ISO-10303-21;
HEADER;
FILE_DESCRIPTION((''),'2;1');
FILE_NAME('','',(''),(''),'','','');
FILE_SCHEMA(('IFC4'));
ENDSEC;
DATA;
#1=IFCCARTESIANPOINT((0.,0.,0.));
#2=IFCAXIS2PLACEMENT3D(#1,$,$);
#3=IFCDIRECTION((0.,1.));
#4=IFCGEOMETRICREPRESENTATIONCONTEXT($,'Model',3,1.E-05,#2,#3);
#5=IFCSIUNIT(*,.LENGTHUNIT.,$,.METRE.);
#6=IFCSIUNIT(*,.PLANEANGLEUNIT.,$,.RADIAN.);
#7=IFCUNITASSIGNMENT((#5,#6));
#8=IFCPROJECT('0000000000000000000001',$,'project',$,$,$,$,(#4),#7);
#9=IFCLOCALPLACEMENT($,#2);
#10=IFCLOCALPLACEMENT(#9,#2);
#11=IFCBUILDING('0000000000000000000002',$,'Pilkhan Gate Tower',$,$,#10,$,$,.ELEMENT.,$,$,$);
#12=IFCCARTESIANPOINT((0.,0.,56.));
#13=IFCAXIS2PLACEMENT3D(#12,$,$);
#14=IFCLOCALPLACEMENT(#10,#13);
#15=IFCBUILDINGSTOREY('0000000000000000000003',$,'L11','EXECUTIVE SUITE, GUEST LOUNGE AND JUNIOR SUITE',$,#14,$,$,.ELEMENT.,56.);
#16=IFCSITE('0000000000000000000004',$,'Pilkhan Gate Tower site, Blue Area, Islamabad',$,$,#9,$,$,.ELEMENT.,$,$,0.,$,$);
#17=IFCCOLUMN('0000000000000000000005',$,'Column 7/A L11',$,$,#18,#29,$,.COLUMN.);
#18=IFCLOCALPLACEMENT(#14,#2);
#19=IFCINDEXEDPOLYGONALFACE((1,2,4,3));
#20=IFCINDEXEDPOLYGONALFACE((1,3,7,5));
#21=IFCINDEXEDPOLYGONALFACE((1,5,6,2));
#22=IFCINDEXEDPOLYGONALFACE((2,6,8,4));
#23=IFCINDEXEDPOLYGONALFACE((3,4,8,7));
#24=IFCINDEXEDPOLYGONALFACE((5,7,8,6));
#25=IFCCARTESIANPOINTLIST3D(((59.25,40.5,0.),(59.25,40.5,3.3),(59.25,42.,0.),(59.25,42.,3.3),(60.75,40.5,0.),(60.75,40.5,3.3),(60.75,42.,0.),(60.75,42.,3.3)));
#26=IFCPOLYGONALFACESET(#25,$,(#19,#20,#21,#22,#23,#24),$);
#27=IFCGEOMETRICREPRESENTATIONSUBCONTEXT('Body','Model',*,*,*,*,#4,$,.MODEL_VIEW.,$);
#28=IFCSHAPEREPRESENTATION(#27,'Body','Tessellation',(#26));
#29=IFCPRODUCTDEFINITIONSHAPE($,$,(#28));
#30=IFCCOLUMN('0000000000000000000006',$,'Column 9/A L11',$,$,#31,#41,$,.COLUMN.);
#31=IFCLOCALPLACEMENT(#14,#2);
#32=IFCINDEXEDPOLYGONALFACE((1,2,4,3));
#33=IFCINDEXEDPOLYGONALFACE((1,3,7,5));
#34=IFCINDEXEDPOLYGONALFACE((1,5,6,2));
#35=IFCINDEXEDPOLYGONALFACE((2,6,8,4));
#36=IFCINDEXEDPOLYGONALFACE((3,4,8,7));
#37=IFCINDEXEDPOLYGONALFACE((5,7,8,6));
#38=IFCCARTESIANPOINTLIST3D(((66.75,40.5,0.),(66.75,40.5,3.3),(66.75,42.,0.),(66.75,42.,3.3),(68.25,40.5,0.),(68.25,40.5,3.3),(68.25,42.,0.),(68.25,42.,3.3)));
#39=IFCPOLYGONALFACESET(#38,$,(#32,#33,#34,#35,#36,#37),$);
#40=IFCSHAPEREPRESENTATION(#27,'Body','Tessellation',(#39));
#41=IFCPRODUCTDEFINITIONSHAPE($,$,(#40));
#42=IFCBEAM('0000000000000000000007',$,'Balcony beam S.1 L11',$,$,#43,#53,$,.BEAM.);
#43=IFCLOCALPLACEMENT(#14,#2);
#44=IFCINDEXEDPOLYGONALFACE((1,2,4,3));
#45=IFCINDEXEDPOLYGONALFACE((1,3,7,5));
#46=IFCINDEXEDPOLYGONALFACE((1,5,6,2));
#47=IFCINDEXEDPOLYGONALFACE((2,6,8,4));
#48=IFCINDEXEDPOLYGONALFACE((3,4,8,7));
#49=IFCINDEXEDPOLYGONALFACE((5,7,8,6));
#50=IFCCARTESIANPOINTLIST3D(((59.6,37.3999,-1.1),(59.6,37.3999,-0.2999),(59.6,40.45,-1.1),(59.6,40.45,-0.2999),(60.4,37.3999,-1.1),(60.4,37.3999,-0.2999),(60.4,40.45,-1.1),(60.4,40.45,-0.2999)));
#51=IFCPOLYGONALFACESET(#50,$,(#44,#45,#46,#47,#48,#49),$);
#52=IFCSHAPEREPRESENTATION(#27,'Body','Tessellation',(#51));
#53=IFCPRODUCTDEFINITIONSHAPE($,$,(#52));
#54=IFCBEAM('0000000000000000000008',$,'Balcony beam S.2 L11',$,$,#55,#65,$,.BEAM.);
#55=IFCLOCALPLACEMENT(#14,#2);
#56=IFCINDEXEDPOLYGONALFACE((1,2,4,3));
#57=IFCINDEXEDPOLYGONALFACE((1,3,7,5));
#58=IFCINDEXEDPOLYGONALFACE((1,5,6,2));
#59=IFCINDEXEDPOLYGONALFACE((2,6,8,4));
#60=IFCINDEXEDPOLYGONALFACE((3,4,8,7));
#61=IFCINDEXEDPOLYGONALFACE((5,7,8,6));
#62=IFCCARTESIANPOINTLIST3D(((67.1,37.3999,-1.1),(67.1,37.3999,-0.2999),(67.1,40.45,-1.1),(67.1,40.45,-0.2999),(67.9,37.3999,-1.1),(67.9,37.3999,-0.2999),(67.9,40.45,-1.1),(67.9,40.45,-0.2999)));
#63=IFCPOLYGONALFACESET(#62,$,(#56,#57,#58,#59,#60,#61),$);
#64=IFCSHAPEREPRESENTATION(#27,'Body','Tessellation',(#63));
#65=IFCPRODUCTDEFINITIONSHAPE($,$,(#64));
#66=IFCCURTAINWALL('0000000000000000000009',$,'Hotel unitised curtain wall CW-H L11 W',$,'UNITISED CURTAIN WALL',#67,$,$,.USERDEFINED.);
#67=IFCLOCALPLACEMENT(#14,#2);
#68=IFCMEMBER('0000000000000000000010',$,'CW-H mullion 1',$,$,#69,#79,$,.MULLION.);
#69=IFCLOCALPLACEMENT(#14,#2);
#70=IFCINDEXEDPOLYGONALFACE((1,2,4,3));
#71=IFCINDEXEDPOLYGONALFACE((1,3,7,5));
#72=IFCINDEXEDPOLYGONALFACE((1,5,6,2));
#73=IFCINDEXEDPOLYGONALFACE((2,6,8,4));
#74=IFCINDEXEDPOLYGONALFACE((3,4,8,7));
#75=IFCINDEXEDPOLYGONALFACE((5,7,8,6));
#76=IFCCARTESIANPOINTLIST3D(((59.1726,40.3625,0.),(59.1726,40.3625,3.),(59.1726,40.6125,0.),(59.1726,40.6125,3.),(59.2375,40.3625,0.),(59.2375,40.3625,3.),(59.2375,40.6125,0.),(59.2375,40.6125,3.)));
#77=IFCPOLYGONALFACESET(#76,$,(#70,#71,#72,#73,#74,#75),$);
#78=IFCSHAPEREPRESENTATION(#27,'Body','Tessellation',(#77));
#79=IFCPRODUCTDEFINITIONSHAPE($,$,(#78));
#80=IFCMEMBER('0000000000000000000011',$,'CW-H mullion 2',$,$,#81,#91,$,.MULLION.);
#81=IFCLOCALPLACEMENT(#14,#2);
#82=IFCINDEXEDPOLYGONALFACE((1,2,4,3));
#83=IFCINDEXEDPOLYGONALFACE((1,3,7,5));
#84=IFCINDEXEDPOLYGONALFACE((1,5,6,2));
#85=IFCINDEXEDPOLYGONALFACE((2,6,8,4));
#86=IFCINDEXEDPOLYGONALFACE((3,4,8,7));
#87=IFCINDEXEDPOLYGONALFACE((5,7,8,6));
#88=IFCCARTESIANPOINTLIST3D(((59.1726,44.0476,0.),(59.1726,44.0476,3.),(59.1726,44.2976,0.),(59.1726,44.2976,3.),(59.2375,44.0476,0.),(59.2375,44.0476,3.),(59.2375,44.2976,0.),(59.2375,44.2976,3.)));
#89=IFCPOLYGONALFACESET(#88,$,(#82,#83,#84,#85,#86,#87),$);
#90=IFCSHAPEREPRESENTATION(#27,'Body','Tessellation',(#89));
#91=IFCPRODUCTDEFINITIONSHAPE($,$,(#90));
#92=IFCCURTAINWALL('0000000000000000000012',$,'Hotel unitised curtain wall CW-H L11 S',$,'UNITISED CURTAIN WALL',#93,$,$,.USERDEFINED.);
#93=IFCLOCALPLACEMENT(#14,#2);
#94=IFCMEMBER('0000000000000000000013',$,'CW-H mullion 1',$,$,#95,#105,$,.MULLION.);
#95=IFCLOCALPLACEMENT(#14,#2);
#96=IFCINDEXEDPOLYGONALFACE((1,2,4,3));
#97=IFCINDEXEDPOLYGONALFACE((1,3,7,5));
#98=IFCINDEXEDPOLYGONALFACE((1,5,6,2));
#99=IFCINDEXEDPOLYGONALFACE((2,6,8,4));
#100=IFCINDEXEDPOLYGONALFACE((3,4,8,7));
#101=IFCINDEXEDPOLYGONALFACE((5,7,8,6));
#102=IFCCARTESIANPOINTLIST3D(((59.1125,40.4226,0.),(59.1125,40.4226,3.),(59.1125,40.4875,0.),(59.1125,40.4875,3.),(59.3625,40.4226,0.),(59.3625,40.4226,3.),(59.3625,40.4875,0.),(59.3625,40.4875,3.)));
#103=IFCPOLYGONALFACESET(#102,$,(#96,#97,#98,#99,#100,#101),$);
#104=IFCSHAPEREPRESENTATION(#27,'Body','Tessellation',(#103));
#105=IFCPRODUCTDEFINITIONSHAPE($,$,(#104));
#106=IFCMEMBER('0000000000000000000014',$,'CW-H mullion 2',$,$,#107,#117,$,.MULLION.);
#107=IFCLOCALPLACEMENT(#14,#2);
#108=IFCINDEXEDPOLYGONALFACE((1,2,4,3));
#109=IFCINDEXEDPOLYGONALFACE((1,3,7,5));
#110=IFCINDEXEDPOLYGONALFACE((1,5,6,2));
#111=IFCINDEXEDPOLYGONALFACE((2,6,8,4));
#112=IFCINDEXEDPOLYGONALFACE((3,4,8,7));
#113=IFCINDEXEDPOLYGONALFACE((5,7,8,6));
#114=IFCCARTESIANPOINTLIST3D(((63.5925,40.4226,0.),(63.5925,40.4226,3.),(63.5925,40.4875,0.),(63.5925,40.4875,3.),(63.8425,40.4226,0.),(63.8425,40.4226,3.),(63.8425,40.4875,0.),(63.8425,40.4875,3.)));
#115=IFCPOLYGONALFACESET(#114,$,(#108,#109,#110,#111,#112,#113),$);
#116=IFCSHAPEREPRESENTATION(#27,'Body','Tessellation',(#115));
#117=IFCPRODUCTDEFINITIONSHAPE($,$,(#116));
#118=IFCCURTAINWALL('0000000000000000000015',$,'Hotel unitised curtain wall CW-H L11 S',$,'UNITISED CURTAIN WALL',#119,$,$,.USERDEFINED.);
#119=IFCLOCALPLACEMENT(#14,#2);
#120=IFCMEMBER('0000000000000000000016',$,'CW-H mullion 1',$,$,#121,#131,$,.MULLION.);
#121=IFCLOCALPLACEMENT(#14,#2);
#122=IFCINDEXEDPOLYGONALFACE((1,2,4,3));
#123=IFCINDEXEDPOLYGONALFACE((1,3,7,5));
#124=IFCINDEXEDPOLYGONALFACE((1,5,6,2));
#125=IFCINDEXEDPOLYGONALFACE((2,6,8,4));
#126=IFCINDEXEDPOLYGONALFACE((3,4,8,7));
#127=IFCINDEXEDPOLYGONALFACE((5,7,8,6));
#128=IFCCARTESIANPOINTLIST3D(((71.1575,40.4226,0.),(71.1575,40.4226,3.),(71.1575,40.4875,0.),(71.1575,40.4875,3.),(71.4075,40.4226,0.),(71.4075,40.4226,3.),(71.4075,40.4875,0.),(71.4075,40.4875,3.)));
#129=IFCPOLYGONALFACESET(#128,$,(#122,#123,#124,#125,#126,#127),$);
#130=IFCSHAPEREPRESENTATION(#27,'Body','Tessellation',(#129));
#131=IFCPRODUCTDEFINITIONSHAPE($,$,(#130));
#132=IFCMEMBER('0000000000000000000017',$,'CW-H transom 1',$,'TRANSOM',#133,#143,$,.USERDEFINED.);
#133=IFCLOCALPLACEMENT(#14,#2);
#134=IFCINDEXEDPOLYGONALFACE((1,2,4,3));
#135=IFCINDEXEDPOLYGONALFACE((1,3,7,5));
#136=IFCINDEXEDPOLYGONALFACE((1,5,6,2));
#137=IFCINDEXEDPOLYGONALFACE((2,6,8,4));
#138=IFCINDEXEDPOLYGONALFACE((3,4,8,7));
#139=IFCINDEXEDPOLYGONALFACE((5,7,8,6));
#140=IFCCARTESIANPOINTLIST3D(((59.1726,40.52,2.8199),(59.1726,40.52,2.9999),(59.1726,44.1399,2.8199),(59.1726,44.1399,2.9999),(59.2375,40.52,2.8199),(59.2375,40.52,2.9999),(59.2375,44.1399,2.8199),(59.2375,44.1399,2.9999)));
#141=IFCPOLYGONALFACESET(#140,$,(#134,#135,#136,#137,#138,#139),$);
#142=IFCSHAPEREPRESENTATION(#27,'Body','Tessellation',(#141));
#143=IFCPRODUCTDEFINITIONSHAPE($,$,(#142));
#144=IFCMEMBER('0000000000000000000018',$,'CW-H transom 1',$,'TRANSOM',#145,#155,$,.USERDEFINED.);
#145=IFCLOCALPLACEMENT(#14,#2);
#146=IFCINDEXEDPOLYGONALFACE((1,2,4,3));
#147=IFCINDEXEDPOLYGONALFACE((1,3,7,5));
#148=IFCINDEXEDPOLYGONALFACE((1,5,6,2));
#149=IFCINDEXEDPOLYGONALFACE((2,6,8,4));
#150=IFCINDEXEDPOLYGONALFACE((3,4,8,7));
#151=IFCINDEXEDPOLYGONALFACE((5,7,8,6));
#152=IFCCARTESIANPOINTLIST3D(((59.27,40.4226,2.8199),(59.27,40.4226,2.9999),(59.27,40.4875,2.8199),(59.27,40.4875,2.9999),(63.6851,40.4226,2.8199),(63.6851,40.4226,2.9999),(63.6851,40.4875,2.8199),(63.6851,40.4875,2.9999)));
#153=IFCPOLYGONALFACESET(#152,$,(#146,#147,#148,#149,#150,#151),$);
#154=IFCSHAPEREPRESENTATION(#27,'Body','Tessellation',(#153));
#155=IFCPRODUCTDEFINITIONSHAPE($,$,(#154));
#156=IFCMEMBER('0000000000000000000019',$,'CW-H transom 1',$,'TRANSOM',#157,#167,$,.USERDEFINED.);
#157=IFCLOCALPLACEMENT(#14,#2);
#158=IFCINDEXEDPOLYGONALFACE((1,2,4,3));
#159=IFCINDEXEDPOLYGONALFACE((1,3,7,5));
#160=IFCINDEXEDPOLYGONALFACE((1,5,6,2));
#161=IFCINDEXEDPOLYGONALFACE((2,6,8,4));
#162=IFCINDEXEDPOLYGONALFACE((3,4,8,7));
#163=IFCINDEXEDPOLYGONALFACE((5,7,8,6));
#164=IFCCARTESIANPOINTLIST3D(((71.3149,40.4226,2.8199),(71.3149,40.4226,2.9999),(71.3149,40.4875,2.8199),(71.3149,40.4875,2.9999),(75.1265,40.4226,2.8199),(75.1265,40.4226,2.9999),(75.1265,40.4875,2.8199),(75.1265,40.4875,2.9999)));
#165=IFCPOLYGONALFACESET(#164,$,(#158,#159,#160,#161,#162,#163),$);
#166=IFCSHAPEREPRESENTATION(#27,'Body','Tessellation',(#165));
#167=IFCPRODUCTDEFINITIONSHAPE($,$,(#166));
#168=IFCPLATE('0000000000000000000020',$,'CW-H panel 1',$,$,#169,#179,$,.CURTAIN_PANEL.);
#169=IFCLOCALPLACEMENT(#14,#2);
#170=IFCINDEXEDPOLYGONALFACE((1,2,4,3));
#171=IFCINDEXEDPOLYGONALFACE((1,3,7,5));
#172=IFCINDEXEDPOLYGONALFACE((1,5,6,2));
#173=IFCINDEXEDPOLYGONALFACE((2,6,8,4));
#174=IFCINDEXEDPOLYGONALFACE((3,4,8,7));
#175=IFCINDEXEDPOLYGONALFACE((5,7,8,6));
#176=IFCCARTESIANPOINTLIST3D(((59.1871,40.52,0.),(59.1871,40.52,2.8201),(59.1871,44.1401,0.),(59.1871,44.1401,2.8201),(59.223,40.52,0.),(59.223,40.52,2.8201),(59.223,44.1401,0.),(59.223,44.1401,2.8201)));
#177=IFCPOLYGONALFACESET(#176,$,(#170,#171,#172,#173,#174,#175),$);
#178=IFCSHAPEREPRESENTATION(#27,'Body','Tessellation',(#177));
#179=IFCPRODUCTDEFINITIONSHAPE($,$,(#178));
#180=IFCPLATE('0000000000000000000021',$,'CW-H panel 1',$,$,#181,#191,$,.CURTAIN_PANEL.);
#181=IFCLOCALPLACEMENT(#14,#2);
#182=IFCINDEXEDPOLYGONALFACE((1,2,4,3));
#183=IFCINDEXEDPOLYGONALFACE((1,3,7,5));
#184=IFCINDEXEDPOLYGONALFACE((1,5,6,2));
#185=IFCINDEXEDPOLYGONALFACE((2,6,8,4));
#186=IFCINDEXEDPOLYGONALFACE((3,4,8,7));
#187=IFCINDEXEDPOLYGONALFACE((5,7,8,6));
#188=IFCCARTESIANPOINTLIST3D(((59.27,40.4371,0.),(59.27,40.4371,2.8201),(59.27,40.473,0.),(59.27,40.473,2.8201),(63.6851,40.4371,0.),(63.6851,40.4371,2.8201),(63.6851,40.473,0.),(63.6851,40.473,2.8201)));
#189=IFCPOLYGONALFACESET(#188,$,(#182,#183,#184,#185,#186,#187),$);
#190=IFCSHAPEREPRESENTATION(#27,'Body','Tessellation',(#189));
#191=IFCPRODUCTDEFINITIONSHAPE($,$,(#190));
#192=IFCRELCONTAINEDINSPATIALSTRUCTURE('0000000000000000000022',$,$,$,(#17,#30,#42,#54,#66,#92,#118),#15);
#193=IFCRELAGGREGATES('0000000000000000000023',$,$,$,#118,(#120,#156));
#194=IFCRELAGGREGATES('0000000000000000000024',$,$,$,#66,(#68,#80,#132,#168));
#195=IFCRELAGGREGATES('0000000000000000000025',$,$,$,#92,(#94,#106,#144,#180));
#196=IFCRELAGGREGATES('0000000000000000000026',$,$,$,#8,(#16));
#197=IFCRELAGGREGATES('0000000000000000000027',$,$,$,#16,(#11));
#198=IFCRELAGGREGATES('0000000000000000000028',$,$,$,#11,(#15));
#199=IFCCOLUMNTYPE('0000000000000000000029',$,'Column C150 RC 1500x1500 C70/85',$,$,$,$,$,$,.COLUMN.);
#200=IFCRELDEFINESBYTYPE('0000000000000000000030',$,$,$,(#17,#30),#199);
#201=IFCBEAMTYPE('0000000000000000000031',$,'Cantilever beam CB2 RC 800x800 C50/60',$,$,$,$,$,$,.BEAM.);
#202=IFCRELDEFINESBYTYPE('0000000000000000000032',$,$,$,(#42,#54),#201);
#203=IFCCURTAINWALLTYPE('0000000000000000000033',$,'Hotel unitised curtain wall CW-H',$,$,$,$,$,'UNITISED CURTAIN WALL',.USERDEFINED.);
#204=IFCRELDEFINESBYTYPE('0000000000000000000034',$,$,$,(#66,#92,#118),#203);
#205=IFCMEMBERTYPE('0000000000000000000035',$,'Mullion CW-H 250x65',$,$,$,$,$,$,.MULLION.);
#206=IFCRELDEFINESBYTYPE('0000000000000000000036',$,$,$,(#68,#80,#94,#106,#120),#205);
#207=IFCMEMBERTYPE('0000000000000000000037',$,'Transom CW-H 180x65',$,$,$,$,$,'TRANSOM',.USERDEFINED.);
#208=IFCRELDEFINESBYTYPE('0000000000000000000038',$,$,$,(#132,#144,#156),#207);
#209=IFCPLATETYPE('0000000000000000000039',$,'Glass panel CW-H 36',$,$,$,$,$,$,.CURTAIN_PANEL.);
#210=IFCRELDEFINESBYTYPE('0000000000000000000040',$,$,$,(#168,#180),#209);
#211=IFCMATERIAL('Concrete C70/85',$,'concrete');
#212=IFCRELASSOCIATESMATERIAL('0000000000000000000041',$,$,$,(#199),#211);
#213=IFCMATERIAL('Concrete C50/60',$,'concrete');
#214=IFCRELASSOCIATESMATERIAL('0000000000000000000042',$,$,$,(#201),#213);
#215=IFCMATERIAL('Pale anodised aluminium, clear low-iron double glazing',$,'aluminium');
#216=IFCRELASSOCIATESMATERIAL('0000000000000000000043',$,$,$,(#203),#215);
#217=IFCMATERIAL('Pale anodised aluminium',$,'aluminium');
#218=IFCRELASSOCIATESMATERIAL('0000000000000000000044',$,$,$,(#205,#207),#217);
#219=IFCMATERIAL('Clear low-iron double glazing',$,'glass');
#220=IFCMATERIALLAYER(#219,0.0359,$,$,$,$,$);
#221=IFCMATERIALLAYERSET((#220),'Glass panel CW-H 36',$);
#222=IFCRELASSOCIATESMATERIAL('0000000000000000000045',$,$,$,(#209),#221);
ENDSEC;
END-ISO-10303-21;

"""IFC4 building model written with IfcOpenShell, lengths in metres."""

from ifc_helpers import new_model, si_unit, direction, frame, origin, origin_2d, place, context, subcontext, project, spatial, rectangle, extrude, material, layer, layer_set, material_profile, profile_set, type_object, element, aggregate, save


model = new_model("IFC4")

# Units and contexts
model_context = context("Model", 3, precision=1e-05, world=origin(), true_north=direction((0.0, 1.0)))
body_context = subcontext(model_context, "Body", "Model", "MODEL_VIEW")
ifc_project = project(units=[si_unit("LENGTHUNIT", "METRE"), si_unit("PLANEANGLEUNIT", "RADIAN")], contexts=[model_context])

# Site, building, storey
site_placement = place(None, origin())
site = spatial("IfcSite", under=ifc_project, at=site_placement, Name="Pilkhan Gate Tower site, Blue Area, Islamabad", CompositionType="ELEMENT", RefElevation=0.0)
building_placement = place(site_placement, origin())
building = spatial("IfcBuilding", under=site, at=building_placement, Name="Pilkhan Gate Tower", CompositionType="ELEMENT")
storey_placement = place(building_placement, frame((0.0, 0.0, 56.0)))
storey = spatial("IfcBuildingStorey", under=building, at=storey_placement, Name="L11", Description="EXECUTIVE SUITE, GUEST LOUNGE AND JUNIOR SUITE", CompositionType="ELEMENT", Elevation=56.0)

# Columns
ifc_material_1 = material(Name="Concrete C70/85", Category="concrete")
ifc_material_profile_1 = material_profile(ifc_material_1, rectangle(XDim=1.5, YDim=1.5, at=origin_2d()), Name="RC 1500x1500")
ifc_profile_set_1 = profile_set([ifc_material_profile_1], Name="Concrete C70/85")
column_type = type_object("IfcColumnType", Name="Column C150 RC 1500x1500 C70/85", PredefinedType="COLUMN", material=ifc_profile_set_1)
for number, where, z_axis, x_axis, name in (
    (1, (60.0, 41.25, 0.0), (0.0, 0.0, 1.0), (1.0, 0.0, 0.0), "Column 7/A L11"),
    (2, (67.5, 41.25, 0.0), (0.0, 0.0, 1.0), (1.0, 0.0, 0.0), "Column 9/A L11"),
):
    element("IfcColumn", number, at=place(storey_placement, frame(where, z_axis=z_axis, x_axis=x_axis)), inside=storey, type_object=column_type, Name=name, PredefinedType="COLUMN", context=body_context, shape_type="SweptSolid", body=[
        extrude(rectangle(XDim=1.5, YDim=1.5, at=origin_2d()), origin(), (0.0, 0.0, 1.0), 3.3),
    ])

# Beams
ifc_material_2 = material(Name="Concrete C50/60", Category="concrete")
ifc_material_profile_2 = material_profile(ifc_material_2, rectangle(XDim=0.8, YDim=0.8, at=origin_2d()), Name="RC 800x800")
ifc_profile_set_2 = profile_set([ifc_material_profile_2], Name="Concrete C50/60")
beam_type = type_object("IfcBeamType", Name="Cantilever beam CB2 RC 800x800 C50/60", PredefinedType="BEAM", material=ifc_profile_set_2)
for number, where, z_axis, x_axis, name in (
    (3, (60.0, 40.45, -0.7), (0.0, -1.0, 0.0), (1.0, 0.0, 0.0), "Balcony beam S.1 L11"),
    (4, (67.5, 40.45, -0.7), (0.0, -1.0, 0.0), (1.0, 0.0, 0.0), "Balcony beam S.2 L11"),
):
    element("IfcBeam", number, at=place(storey_placement, frame(where, z_axis=z_axis, x_axis=x_axis)), inside=storey, type_object=beam_type, Name=name, PredefinedType="BEAM", context=body_context, shape_type="SweptSolid", body=[
        extrude(rectangle(XDim=0.8, YDim=0.8, at=origin_2d()), origin(), (0.0, 0.0, 1.0), 3.05),
    ])

# Curtain walls, members
ifc_material_3 = material(Name="Pale anodised aluminium, clear low-iron double glazing", Category="aluminium")
curtain_wall_type = type_object("IfcCurtainWallType", Name="Hotel unitised curtain wall CW-H", ElementType="UNITISED CURTAIN WALL", PredefinedType="USERDEFINED", material=ifc_material_3)
curtain_wall_1_placement = place(storey_placement, origin())
curtain_wall_1 = element("IfcCurtainWall", 5, at=curtain_wall_1_placement, inside=storey, type_object=curtain_wall_type, Name="Hotel unitised curtain wall CW-H L11 W", ObjectType="UNITISED CURTAIN WALL", PredefinedType="USERDEFINED")
ifc_material_4 = material(Name="Pale anodised aluminium", Category="aluminium")
ifc_material_profile_3 = material_profile(ifc_material_4, rectangle(XDim=0.0649, YDim=0.25, at=origin_2d()), Name="Mullion 250x65")
ifc_profile_set_3 = profile_set([ifc_material_profile_3], Name="Pale anodised aluminium")
member_type_1 = type_object("IfcMemberType", Name="Mullion CW-H 250x65", PredefinedType="MULLION", material=ifc_profile_set_3)
member_1_placement = place(storey_placement, frame((59.2051, 40.4875, 0.0), z_axis=(0.0, 0.0, 1.0), x_axis=(-1.0, 0.0, 0.0)))
member_1 = element("IfcMember", 6, at=member_1_placement, type_object=member_type_1, Name="CW-H mullion 1", PredefinedType="MULLION", context=body_context, shape_type="SweptSolid", body=[
    extrude(rectangle(XDim=0.0649, YDim=0.25, at=origin_2d()), origin(), (0.0, 0.0, 1.0), 3.0),
])
member_2_placement = place(storey_placement, frame((59.2051, 44.1726, 0.0), z_axis=(0.0, 0.0, 1.0), x_axis=(-1.0, 0.0, 0.0)))
member_2 = element("IfcMember", 7, at=member_2_placement, type_object=member_type_1, Name="CW-H mullion 2", PredefinedType="MULLION", context=body_context, shape_type="SweptSolid", body=[
    extrude(rectangle(XDim=0.0649, YDim=0.25, at=origin_2d()), origin(), (0.0, 0.0, 1.0), 3.0),
])
curtain_wall_2_placement = place(storey_placement, origin())
curtain_wall_2 = element("IfcCurtainWall", 8, at=curtain_wall_2_placement, inside=storey, type_object=curtain_wall_type, Name="Hotel unitised curtain wall CW-H L11 S", ObjectType="UNITISED CURTAIN WALL", PredefinedType="USERDEFINED")
member_3_placement = place(storey_placement, frame((59.2375, 40.4551, 0.0), z_axis=(0.0, 0.0, 1.0), x_axis=(0.0, 1.0, 0.0)))
member_3 = element("IfcMember", 9, at=member_3_placement, type_object=member_type_1, Name="CW-H mullion 1", PredefinedType="MULLION", context=body_context, shape_type="SweptSolid", body=[
    extrude(rectangle(XDim=0.0649, YDim=0.25, at=origin_2d()), origin(), (0.0, 0.0, 1.0), 3.0),
])
member_4_placement = place(storey_placement, frame((63.7175, 40.4551, 0.0), z_axis=(0.0, 0.0, 1.0), x_axis=(0.0, 1.0, 0.0)))
member_4 = element("IfcMember", 10, at=member_4_placement, type_object=member_type_1, Name="CW-H mullion 2", PredefinedType="MULLION", context=body_context, shape_type="SweptSolid", body=[
    extrude(rectangle(XDim=0.0649, YDim=0.25, at=origin_2d()), origin(), (0.0, 0.0, 1.0), 3.0),
])

# Curtain wall, member
curtain_wall_3_placement = place(storey_placement, origin())
curtain_wall_3 = element("IfcCurtainWall", 11, at=curtain_wall_3_placement, inside=storey, type_object=curtain_wall_type, Name="Hotel unitised curtain wall CW-H L11 S", ObjectType="UNITISED CURTAIN WALL", PredefinedType="USERDEFINED")
member_5_placement = place(storey_placement, frame((71.2825, 40.4551, 0.0), z_axis=(0.0, 0.0, 1.0), x_axis=(0.0, 1.0, 0.0)))
member_5 = element("IfcMember", 12, at=member_5_placement, type_object=member_type_1, Name="CW-H mullion 1", PredefinedType="MULLION", context=body_context, shape_type="SweptSolid", body=[
    extrude(rectangle(XDim=0.0649, YDim=0.25, at=origin_2d()), origin(), (0.0, 0.0, 1.0), 3.0),
])

# Members
ifc_material_profile_4 = material_profile(ifc_material_4, rectangle(XDim=0.0649, YDim=0.1799, at=origin_2d()), Name="Transom 180x65")
ifc_profile_set_4 = profile_set([ifc_material_profile_4], Name="Pale anodised aluminium")
member_type_2 = type_object("IfcMemberType", Name="Transom CW-H 180x65", ElementType="TRANSOM", PredefinedType="USERDEFINED", material=ifc_profile_set_4)
member_6_placement = place(storey_placement, frame((59.2051, 40.52, 2.9099), z_axis=(0.0, 1.0, 0.0), x_axis=(-1.0, 0.0, 0.0)))
member_6 = element("IfcMember", 13, at=member_6_placement, type_object=member_type_2, Name="CW-H transom 1", ObjectType="TRANSOM", PredefinedType="USERDEFINED", context=body_context, shape_type="SweptSolid", body=[
    extrude(rectangle(XDim=0.0649, YDim=0.1799, at=origin_2d()), origin(), (0.0, 0.0, 1.0), 3.6199),
])
member_7_placement = place(storey_placement, frame((59.27, 40.4551, 2.9099), z_axis=(1.0, 0.0, 0.0), x_axis=(0.0, 1.0, 0.0)))
member_7 = element("IfcMember", 14, at=member_7_placement, type_object=member_type_2, Name="CW-H transom 1", ObjectType="TRANSOM", PredefinedType="USERDEFINED", context=body_context, shape_type="SweptSolid", body=[
    extrude(rectangle(XDim=0.0649, YDim=0.1799, at=origin_2d()), origin(), (0.0, 0.0, 1.0), 4.415),
])
member_8_placement = place(storey_placement, frame((71.3149, 40.4551, 2.9099), z_axis=(1.0, 0.0, 0.0), x_axis=(0.0, 1.0, 0.0)))
member_8 = element("IfcMember", 15, at=member_8_placement, type_object=member_type_2, Name="CW-H transom 1", ObjectType="TRANSOM", PredefinedType="USERDEFINED", context=body_context, shape_type="SweptSolid", body=[
    extrude(rectangle(XDim=0.0649, YDim=0.1799, at=origin_2d()), origin(), (0.0, 0.0, 1.0), 3.8115),
])
aggregate(curtain_wall_3, [member_5, member_8])

# Plates
ifc_material_5 = material(Name="Clear low-iron double glazing", Category="glass")
ifc_layer_1 = layer(ifc_material_5, 0.0359)
ifc_layer_set_1 = layer_set([ifc_layer_1], Name="Glass panel CW-H 36")
plate_type = type_object("IfcPlateType", Name="Glass panel CW-H 36", PredefinedType="CURTAIN_PANEL", material=ifc_layer_set_1)
plate_1_placement = place(storey_placement, frame((59.2051, 42.3301, 0.0), z_axis=(0.0, 0.0, 1.0), x_axis=(0.0, 1.0, 0.0)))
plate_1 = element("IfcPlate", 16, at=plate_1_placement, type_object=plate_type, Name="CW-H panel 1", PredefinedType="CURTAIN_PANEL", context=body_context, shape_type="SweptSolid", body=[
    extrude(rectangle(XDim=3.6201, YDim=0.0359, at=origin_2d()), origin(), (0.0, 0.0, 1.0), 2.8201),
])
aggregate(curtain_wall_1, [member_1, member_2, member_6, plate_1])
plate_2_placement = place(storey_placement, frame((61.4775, 40.4551, 0.0), z_axis=(0.0, 0.0, 1.0), x_axis=(1.0, 0.0, 0.0)))
plate_2 = element("IfcPlate", 17, at=plate_2_placement, type_object=plate_type, Name="CW-H panel 1", PredefinedType="CURTAIN_PANEL", context=body_context, shape_type="SweptSolid", body=[
    extrude(rectangle(XDim=4.415, YDim=0.0359, at=origin_2d()), origin(), (0.0, 0.0, 1.0), 2.8201),
])
aggregate(curtain_wall_2, [member_3, member_4, member_7, plate_2])

save(model, "model.ifc")
